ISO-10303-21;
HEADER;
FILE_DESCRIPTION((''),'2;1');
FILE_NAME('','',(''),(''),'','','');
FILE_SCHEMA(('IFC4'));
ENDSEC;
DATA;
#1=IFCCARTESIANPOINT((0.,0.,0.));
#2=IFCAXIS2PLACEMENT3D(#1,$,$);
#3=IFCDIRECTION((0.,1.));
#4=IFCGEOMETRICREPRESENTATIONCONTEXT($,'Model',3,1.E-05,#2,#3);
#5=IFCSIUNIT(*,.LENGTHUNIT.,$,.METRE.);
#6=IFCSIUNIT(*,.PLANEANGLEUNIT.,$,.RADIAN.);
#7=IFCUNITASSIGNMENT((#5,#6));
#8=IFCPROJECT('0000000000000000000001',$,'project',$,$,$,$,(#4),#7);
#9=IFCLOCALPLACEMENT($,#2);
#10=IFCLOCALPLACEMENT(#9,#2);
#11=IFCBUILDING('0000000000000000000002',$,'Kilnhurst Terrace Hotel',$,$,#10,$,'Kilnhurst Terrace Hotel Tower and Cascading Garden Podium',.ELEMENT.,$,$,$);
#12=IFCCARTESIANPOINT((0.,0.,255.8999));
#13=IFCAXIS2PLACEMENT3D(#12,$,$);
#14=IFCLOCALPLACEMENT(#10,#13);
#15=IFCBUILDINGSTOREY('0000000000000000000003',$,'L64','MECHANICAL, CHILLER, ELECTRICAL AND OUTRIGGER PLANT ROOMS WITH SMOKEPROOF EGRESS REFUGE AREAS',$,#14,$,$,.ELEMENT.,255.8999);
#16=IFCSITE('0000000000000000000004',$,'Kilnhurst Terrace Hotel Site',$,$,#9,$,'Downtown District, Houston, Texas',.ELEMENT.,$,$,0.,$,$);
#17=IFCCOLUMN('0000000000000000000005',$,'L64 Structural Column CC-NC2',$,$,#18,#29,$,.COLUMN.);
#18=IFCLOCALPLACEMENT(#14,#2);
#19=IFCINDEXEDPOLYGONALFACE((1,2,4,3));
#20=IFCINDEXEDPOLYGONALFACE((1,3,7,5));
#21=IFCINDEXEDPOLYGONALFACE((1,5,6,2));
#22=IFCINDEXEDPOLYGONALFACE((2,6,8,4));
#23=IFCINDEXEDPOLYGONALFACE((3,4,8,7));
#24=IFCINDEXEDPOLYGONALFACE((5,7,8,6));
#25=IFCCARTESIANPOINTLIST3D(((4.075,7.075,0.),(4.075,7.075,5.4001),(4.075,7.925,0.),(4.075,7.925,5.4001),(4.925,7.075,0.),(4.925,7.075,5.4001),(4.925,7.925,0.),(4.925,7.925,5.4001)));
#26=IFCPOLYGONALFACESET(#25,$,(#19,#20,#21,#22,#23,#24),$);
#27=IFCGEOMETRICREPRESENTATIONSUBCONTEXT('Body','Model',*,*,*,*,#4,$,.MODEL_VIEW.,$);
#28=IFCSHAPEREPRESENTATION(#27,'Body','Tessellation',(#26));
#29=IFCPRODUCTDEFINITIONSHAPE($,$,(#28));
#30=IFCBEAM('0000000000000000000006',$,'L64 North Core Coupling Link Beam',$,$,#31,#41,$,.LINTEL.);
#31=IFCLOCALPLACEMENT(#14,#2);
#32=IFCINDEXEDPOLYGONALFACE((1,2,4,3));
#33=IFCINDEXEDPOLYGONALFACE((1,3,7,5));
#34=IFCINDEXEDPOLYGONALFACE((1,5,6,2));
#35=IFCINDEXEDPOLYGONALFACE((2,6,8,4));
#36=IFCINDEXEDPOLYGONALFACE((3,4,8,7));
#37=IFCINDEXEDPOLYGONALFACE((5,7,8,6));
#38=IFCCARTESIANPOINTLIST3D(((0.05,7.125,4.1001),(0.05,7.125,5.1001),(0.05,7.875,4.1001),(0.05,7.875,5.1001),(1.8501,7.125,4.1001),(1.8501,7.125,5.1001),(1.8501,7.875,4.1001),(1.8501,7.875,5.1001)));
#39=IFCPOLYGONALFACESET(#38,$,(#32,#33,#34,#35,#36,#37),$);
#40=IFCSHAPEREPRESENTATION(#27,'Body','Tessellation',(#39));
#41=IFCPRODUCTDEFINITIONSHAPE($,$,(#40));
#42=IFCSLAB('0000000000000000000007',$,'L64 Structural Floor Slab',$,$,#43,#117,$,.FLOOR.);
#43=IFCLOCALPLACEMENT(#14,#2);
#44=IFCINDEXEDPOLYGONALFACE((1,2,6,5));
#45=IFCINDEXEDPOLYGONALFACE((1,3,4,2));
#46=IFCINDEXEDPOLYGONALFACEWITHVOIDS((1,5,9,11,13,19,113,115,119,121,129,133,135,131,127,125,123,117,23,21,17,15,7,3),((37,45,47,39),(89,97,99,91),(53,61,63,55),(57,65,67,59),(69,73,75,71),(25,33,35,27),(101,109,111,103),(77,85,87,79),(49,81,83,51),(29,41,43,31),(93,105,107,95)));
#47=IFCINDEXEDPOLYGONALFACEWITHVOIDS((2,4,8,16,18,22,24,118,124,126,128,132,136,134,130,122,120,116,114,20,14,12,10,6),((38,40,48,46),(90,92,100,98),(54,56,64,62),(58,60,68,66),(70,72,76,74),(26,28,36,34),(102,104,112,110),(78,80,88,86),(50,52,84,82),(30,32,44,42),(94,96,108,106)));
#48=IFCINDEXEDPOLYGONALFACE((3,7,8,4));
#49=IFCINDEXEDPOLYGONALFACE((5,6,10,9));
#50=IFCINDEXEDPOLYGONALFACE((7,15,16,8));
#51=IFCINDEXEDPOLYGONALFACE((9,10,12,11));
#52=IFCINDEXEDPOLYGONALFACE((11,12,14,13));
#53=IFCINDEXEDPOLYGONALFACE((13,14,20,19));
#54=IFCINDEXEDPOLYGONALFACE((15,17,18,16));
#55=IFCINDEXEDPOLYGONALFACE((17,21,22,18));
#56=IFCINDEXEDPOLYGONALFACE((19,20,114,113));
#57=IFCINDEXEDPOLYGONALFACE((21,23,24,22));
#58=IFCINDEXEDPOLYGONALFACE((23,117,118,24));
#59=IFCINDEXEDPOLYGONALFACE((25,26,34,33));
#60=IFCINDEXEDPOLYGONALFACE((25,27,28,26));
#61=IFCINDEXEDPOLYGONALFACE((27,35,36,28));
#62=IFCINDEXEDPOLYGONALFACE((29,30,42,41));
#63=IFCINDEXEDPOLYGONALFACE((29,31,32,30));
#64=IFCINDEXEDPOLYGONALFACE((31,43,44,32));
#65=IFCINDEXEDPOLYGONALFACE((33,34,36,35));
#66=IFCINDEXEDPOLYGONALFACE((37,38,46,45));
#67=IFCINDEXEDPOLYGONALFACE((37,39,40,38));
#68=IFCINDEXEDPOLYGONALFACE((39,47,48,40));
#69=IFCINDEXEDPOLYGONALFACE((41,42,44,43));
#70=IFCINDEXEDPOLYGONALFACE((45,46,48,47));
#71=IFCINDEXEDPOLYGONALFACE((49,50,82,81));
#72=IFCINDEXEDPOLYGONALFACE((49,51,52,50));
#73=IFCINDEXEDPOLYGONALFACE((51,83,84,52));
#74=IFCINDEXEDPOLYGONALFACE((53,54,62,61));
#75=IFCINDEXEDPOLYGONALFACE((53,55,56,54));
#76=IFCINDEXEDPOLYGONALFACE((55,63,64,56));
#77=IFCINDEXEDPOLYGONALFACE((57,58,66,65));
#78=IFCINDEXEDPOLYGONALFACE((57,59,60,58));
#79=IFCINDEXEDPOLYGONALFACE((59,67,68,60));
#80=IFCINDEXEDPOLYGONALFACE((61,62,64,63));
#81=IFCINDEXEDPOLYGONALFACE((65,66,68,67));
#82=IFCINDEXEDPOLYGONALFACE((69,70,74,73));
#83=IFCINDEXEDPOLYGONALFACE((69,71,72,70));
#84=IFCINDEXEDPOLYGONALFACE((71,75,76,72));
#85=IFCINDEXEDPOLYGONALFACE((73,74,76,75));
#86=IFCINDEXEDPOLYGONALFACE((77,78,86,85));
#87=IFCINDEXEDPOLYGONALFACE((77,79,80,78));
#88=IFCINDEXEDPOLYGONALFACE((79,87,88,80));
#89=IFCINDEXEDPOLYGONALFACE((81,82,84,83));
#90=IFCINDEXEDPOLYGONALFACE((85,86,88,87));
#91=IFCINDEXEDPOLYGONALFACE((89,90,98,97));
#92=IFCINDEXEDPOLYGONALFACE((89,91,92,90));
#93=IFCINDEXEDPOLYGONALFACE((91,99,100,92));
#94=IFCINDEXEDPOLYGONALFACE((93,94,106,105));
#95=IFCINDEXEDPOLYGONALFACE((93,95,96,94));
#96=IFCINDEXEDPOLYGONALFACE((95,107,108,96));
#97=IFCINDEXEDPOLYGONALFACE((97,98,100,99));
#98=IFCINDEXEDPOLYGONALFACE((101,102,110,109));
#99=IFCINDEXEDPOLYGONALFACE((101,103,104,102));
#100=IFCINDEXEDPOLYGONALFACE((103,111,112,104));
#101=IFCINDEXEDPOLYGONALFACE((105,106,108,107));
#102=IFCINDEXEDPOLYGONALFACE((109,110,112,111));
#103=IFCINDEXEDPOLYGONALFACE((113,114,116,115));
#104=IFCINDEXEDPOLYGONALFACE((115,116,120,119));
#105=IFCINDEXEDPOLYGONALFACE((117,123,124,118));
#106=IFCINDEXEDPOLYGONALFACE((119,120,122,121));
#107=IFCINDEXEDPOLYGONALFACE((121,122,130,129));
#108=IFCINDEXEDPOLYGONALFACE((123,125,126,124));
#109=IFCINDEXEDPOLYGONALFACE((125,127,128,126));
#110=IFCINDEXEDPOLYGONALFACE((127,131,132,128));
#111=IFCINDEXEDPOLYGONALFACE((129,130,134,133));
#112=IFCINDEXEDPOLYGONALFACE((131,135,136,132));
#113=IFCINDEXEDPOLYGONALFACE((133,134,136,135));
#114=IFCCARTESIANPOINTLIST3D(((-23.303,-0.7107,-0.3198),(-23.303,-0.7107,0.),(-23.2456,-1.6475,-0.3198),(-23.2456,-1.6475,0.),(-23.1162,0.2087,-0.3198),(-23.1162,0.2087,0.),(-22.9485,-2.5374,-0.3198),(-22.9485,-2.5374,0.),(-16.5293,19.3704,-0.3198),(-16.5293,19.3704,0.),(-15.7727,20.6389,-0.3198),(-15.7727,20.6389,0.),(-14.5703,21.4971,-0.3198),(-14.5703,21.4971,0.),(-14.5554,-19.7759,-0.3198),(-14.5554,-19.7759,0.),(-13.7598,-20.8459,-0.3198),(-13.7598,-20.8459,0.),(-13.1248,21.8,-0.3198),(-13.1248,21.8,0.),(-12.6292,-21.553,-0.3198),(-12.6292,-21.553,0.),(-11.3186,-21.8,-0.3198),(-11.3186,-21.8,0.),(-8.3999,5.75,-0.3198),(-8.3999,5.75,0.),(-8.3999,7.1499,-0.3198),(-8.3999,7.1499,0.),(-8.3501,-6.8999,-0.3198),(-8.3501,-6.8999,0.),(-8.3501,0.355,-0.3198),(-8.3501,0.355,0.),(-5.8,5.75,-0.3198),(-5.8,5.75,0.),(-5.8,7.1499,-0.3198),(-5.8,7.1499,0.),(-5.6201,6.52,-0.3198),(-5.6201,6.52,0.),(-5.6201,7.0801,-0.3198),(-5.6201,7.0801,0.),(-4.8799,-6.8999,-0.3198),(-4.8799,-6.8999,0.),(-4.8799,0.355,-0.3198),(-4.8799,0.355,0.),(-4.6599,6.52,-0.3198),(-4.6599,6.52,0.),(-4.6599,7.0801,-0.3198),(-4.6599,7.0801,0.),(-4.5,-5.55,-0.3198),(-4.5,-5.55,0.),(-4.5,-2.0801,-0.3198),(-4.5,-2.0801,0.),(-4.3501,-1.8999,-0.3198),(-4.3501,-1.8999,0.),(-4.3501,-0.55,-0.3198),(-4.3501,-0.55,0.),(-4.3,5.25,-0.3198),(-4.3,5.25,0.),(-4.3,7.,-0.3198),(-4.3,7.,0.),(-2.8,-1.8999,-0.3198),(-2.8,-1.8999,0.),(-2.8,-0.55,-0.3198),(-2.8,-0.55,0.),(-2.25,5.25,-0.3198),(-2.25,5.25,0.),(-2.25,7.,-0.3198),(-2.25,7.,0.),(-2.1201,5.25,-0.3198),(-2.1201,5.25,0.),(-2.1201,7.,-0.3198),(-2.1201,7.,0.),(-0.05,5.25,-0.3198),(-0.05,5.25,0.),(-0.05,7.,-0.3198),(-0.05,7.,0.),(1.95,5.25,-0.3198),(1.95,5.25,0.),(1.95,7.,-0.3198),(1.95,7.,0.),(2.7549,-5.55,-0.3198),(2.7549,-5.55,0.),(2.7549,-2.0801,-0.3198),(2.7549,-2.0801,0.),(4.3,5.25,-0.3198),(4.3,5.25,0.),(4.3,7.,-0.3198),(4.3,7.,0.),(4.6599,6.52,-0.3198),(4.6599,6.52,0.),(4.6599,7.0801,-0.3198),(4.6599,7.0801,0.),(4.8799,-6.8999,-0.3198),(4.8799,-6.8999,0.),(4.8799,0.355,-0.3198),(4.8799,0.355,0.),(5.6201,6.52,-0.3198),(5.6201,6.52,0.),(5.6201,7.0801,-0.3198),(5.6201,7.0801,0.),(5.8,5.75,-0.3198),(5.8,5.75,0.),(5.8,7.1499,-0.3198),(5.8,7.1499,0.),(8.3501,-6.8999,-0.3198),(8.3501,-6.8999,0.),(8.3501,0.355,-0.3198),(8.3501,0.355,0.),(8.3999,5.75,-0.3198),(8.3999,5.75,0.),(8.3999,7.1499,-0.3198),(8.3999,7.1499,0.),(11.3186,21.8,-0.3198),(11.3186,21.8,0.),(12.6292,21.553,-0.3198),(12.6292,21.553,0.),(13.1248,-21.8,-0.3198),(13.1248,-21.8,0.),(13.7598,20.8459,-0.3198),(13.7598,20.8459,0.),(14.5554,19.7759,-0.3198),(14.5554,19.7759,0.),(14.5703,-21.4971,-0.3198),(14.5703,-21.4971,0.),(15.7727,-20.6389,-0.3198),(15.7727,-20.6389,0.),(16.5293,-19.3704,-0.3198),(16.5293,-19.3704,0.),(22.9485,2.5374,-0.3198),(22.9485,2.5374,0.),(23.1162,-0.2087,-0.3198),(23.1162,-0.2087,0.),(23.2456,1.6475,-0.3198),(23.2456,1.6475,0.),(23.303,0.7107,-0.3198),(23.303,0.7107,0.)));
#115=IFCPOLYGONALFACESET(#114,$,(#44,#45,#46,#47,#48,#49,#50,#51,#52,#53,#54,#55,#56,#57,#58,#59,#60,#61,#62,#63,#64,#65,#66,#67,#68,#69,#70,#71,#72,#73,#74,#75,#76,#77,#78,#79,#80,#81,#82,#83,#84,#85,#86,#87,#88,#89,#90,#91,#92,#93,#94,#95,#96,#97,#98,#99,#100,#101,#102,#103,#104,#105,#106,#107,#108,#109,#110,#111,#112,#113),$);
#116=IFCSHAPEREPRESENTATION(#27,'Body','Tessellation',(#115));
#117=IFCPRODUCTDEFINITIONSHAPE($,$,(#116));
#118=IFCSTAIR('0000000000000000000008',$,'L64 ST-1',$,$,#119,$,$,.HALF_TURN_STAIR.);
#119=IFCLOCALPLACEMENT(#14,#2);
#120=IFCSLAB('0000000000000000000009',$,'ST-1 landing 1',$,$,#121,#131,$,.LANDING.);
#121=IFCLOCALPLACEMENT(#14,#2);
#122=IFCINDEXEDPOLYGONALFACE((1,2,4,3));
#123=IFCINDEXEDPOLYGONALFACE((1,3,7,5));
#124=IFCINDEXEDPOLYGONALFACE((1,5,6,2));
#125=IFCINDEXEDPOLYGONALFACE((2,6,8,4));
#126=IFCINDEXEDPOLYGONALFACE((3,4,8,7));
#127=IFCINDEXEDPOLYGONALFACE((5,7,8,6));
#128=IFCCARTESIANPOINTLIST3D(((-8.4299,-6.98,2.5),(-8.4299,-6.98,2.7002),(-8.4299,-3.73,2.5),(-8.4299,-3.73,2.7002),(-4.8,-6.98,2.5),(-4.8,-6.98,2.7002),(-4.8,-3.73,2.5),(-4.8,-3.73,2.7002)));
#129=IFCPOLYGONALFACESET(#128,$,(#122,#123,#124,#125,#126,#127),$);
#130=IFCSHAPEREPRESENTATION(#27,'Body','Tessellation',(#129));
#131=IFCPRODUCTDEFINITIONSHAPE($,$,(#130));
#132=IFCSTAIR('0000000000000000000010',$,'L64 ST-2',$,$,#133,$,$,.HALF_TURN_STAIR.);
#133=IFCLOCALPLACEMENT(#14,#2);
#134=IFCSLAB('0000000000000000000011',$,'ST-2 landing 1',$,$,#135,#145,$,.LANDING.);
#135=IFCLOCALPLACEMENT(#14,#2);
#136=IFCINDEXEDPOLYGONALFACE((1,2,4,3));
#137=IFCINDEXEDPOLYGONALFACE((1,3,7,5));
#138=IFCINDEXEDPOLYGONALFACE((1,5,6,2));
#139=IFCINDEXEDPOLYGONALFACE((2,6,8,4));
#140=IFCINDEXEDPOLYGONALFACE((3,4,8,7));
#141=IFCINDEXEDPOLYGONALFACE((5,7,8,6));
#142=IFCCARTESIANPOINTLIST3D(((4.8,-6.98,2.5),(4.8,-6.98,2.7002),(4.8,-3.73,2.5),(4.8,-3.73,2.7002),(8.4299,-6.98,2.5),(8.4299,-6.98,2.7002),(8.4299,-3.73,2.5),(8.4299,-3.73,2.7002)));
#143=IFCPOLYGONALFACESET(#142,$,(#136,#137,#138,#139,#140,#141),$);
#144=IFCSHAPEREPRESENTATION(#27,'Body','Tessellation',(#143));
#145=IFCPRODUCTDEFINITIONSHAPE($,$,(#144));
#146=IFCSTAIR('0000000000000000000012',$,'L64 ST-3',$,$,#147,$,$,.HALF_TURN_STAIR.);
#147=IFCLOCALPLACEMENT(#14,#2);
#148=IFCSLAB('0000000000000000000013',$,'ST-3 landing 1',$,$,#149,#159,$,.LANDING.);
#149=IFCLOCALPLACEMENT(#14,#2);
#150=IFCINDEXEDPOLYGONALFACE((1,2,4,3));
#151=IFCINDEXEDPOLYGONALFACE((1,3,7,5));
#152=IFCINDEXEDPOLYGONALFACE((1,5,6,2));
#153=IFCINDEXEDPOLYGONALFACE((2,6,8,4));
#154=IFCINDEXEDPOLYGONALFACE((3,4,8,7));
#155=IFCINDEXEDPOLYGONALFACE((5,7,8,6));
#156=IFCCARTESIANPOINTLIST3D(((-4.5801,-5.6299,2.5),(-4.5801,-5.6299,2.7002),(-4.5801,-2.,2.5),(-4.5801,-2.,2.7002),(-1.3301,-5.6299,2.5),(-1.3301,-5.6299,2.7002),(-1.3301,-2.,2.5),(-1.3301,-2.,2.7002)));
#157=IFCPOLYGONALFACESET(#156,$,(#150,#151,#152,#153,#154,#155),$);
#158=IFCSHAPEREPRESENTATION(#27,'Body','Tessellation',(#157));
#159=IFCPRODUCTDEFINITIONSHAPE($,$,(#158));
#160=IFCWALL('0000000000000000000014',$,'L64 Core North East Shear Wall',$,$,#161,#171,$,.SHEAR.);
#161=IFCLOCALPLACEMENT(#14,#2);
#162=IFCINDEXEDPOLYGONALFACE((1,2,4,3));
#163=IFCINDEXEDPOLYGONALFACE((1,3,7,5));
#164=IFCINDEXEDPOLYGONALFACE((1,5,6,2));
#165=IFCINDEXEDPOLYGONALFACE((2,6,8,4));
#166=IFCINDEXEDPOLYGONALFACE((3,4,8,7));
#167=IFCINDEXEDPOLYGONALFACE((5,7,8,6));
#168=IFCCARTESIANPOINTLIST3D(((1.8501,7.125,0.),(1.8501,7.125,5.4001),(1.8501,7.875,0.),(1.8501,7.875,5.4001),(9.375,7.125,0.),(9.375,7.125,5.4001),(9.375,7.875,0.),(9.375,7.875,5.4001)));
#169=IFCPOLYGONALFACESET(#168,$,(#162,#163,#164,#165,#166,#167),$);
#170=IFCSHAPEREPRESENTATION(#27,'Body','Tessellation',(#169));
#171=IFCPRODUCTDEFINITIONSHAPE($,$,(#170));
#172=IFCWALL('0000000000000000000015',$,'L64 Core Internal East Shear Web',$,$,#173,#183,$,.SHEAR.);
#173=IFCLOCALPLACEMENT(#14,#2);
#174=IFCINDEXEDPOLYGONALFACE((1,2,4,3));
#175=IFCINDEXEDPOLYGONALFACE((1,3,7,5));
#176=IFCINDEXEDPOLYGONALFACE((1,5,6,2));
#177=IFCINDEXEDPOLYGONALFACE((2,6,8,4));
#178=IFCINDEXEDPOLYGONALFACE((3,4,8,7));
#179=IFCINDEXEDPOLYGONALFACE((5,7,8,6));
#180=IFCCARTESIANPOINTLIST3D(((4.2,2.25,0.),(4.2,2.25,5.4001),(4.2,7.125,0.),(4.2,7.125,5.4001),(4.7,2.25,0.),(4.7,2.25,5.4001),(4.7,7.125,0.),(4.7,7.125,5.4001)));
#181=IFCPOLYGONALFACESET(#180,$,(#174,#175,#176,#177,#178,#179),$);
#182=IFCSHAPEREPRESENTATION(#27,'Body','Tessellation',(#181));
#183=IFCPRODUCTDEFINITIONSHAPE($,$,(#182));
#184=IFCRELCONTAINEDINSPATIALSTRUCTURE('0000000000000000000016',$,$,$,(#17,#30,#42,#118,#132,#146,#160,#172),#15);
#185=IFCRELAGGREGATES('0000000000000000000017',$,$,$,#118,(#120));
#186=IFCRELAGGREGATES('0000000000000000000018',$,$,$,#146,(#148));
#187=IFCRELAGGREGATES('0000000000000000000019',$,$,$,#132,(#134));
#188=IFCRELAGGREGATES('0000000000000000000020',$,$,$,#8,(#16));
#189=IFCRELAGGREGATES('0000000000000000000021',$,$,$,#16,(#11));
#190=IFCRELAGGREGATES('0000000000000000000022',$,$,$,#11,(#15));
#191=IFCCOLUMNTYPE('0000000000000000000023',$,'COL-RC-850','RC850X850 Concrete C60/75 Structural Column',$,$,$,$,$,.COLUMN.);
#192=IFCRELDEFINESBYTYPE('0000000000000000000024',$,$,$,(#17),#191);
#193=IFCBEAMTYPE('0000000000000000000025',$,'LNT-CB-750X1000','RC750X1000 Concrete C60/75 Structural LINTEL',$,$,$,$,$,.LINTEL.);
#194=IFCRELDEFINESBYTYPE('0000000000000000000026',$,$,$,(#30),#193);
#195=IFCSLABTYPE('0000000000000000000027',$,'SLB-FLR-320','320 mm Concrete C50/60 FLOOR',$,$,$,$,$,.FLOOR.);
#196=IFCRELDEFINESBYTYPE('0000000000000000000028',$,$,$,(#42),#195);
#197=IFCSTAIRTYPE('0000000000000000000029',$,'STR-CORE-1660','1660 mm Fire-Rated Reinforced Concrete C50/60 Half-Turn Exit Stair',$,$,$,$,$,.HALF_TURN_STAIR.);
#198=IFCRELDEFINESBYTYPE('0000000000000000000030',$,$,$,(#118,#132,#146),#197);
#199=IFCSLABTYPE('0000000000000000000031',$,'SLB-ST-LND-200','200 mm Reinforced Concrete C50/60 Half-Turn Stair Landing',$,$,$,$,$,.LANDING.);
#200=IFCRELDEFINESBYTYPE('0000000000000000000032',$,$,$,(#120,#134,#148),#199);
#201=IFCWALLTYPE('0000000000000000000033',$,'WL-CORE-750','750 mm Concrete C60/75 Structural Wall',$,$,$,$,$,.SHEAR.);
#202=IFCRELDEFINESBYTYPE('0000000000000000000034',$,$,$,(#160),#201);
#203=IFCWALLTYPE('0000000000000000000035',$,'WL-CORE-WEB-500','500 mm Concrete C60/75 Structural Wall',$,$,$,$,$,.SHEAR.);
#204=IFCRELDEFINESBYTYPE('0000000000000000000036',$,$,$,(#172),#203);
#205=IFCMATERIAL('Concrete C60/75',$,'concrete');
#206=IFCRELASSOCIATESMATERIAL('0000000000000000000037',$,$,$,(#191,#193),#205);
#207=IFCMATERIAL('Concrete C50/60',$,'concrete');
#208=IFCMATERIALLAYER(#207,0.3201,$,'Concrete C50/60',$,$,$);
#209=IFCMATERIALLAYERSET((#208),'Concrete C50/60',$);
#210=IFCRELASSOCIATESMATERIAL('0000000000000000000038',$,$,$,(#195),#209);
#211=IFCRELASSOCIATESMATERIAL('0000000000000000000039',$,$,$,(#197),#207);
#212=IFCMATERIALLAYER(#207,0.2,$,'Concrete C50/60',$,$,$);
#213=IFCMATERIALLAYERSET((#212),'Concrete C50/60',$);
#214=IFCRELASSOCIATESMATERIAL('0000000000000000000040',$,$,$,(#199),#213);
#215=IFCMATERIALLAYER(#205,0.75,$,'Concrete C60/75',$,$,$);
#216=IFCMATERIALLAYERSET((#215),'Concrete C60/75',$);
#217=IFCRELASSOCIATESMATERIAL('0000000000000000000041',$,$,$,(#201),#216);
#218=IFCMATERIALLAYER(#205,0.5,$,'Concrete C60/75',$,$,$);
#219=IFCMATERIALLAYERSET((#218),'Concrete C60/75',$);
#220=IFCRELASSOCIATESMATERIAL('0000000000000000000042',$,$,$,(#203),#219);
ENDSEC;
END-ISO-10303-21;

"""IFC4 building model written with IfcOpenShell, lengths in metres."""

from ifc_helpers import new_model, si_unit, direction, frame, frame_2d, origin, origin_2d, place, context, subcontext, project, spatial, polyline, rectangle, outline, extrude, material, layer, layer_set, material_profile, profile_set, type_object, element, aggregate, save


model = new_model("IFC4")

# Units and contexts
model_context = context("Model", 3, precision=1e-05, world=origin(), true_north=direction((0.0, 1.0)))
body_context = subcontext(model_context, "Body", "Model", "MODEL_VIEW")
ifc_project = project(units=[si_unit("LENGTHUNIT", "METRE"), si_unit("PLANEANGLEUNIT", "RADIAN")], contexts=[model_context])

# Site, building, storey
site_placement = place(None, origin())
site = spatial("IfcSite", under=ifc_project, at=site_placement, Name="Kilnhurst Terrace Hotel Site", LongName="Downtown District, Houston, Texas", CompositionType="ELEMENT", RefElevation=0.0)
building_placement = place(site_placement, origin())
building = spatial("IfcBuilding", under=site, at=building_placement, Name="Kilnhurst Terrace Hotel", LongName="Kilnhurst Terrace Hotel Tower and Cascading Garden Podium", CompositionType="ELEMENT")
storey_placement = place(building_placement, frame((0.0, 0.0, 255.8999)))
storey = spatial("IfcBuildingStorey", under=building, at=storey_placement, Name="L64", Description="MECHANICAL, CHILLER, ELECTRICAL AND OUTRIGGER PLANT ROOMS WITH SMOKEPROOF EGRESS REFUGE AREAS", CompositionType="ELEMENT", Elevation=255.8999)

# Column
ifc_material_1 = material(Name="Concrete C60/75", Category="concrete")
ifc_material_profile_1 = material_profile(ifc_material_1, rectangle(XDim=0.8501, YDim=0.8501, at=origin_2d()), Name="RC850X850")
ifc_profile_set_1 = profile_set([ifc_material_profile_1], Name="Concrete C60/75")
column_type = type_object("IfcColumnType", Name="COL-RC-850", Description="RC850X850 Concrete C60/75 Structural Column", PredefinedType="COLUMN", material=ifc_profile_set_1)
column_placement = place(storey_placement, frame((4.5, 7.5, 0.0), z_axis=(0.0, 0.0, 1.0), x_axis=(1.0, 0.0, 0.0)))
element("IfcColumn", 1, at=column_placement, inside=storey, type_object=column_type, Name="L64 Structural Column CC-NC2", PredefinedType="COLUMN", context=body_context, shape_type="SweptSolid", body=[
    extrude(rectangle(XDim=0.8501, YDim=0.8501, at=origin_2d()), origin(), (0.0, 0.0, 1.0), 5.4001),
])

# Beam
ifc_material_profile_2 = material_profile(ifc_material_1, rectangle(XDim=0.75, YDim=1.0, at=origin_2d()), Name="RC750X1000")
ifc_profile_set_2 = profile_set([ifc_material_profile_2], Name="Concrete C60/75")
beam_type = type_object("IfcBeamType", Name="LNT-CB-750X1000", Description="RC750X1000 Concrete C60/75 Structural LINTEL", PredefinedType="LINTEL", material=ifc_profile_set_2)
beam_placement = place(storey_placement, frame((0.05, 7.5, 4.6001), z_axis=(1.0, 0.0, 0.0), x_axis=(0.0, 1.0, 0.0)))
element("IfcBeam", 2, at=beam_placement, inside=storey, type_object=beam_type, Name="L64 North Core Coupling Link Beam", PredefinedType="LINTEL", context=body_context, shape_type="SweptSolid", body=[
    extrude(rectangle(XDim=0.75, YDim=1.0, at=origin_2d()), origin(), (0.0, 0.0, 1.0), 1.8),
])

# Slab
ifc_material_2 = material(Name="Concrete C50/60", Category="concrete")
ifc_layer_1 = layer(ifc_material_2, 0.3201, Name="Concrete C50/60")
ifc_layer_set_1 = layer_set([ifc_layer_1], Name="Concrete C50/60")
slab_type_1 = type_object("IfcSlabType", Name="SLB-FLR-320", Description="320 mm Concrete C50/60 FLOOR", PredefinedType="FLOOR", material=ifc_layer_set_1)
slab_1_placement = place(storey_placement, frame((0.0, 0.0, -0.3198)))
element("IfcSlab", 3, at=slab_1_placement, inside=storey, type_object=slab_type_1, Name="L64 Structural Floor Slab", PredefinedType="FLOOR", context=body_context, shape_type="SweptSolid", body=[
    extrude(outline(polyline([(-14.5554, -19.7759), (-13.7598, -20.8459), (-12.6292, -21.553), (-11.3186, -21.8), (13.1248, -21.8), (14.5703, -21.4971), (15.7727, -20.6389), (16.5293, -19.3704), (23.1162, -0.2087), (23.303, 0.7107), (23.2456, 1.6475), (22.9485, 2.5374), (14.5554, 19.7759), (13.7598, 20.8459), (12.6292, 21.553), (11.3186, 21.8), (-13.1248, 21.8), (-14.5703, 21.4971), (-15.7727, 20.6389), (-16.5293, 19.3704), (-23.1162, 0.2087), (-23.303, -0.7107), (-23.2456, -1.6475), (-22.9485, -2.5374), (-14.5554, -19.7759)]), holes=[polyline([(-8.3501, 0.355), (-4.8799, 0.355), (-4.8799, -6.8999), (-8.3501, -6.8999), (-8.3501, 0.355)]), polyline([(-2.8, -1.8999), (-4.3501, -1.8999), (-4.3501, -0.55), (-2.8, -0.55), (-2.8, -1.8999)]), polyline([(-2.25, 5.25), (-4.3, 5.25), (-4.3, 7.0), (-2.25, 7.0), (-2.25, 5.25)]), polyline([(-2.1201, 5.25), (-2.1201, 7.0), (-0.05, 7.0), (-0.05, 5.25), (-2.1201, 5.25)]), polyline([(-8.3999, 5.75), (-8.3999, 7.1499), (-5.8, 7.1499), (-5.8, 5.75), (-8.3999, 5.75)]), polyline([(-4.6599, 6.52), (-5.6201, 6.52), (-5.6201, 7.0801), (-4.6599, 7.0801), (-4.6599, 6.52)]), polyline([(2.7549, -5.55), (-4.5, -5.55), (-4.5, -2.0801), (2.7549, -2.0801), (2.7549, -5.55)]), polyline([(8.3501, 0.355), (8.3501, -6.8999), (4.8799, -6.8999), (4.8799, 0.355), (8.3501, 0.355)]), polyline([(4.3, 5.25), (1.95, 5.25), (1.95, 7.0), (4.3, 7.0), (4.3, 5.25)]), polyline([(5.8, 5.75), (5.8, 7.1499), (8.3999, 7.1499), (8.3999, 5.75), (5.8, 5.75)]), polyline([(4.6599, 6.52), (4.6599, 7.0801), (5.6201, 7.0801), (5.6201, 6.52), (4.6599, 6.52)])]), origin(), (0.0, 0.0, 1.0), 0.3198),
])

# Stairs, slabs
stair_type = type_object("IfcStairType", Name="STR-CORE-1660", Description="1660 mm Fire-Rated Reinforced Concrete C50/60 Half-Turn Exit Stair", PredefinedType="HALF_TURN_STAIR", material=ifc_material_2)
stair_1_placement = place(storey_placement, origin())
stair_1 = element("IfcStair", 4, at=stair_1_placement, inside=storey, type_object=stair_type, Name="L64 ST-1", PredefinedType="HALF_TURN_STAIR")
ifc_layer_2 = layer(ifc_material_2, 0.2, Name="Concrete C50/60")
ifc_layer_set_2 = layer_set([ifc_layer_2], Name="Concrete C50/60")
slab_type_2 = type_object("IfcSlabType", Name="SLB-ST-LND-200", Description="200 mm Reinforced Concrete C50/60 Half-Turn Stair Landing", PredefinedType="LANDING", material=ifc_layer_set_2)
slab_2_placement = place(storey_placement, frame((0.0, 0.0, 2.5)))
slab_2 = element("IfcSlab", 5, at=slab_2_placement, type_object=slab_type_2, Name="ST-1 landing 1", PredefinedType="LANDING", context=body_context, shape_type="SweptSolid", body=[
    extrude(outline(polyline([(-8.4299, -3.73), (-4.8, -3.73), (-4.8, -6.98), (-8.4299, -6.98), (-8.4299, -3.73)])), origin(), (0.0, 0.0, 1.0), 0.2002),
])
aggregate(stair_1, [slab_2])
stair_2_placement = place(storey_placement, origin())
stair_2 = element("IfcStair", 6, at=stair_2_placement, inside=storey, type_object=stair_type, Name="L64 ST-2", PredefinedType="HALF_TURN_STAIR")
slab_3_placement = place(storey_placement, frame((0.0, 0.0, 2.5)))
slab_3 = element("IfcSlab", 7, at=slab_3_placement, type_object=slab_type_2, Name="ST-2 landing 1", PredefinedType="LANDING", context=body_context, shape_type="SweptSolid", body=[
    extrude(outline(polyline([(4.8, -3.73), (8.4299, -3.73), (8.4299, -6.98), (4.8, -6.98), (4.8, -3.73)])), origin(), (0.0, 0.0, 1.0), 0.2002),
])
stair_3_placement = place(storey_placement, origin())
stair_3 = element("IfcStair", 8, at=stair_3_placement, inside=storey, type_object=stair_type, Name="L64 ST-3", PredefinedType="HALF_TURN_STAIR")
slab_4_placement = place(storey_placement, frame((0.0, 0.0, 2.5)))
slab_4 = element("IfcSlab", 9, at=slab_4_placement, type_object=slab_type_2, Name="ST-3 landing 1", PredefinedType="LANDING", context=body_context, shape_type="SweptSolid", body=[
    extrude(outline(polyline([(-1.3301, -2.0), (-1.3301, -5.6299), (-4.5801, -5.6299), (-4.5801, -2.0), (-1.3301, -2.0)])), origin(), (0.0, 0.0, 1.0), 0.2002),
])
aggregate(stair_3, [slab_4])

# Walls
ifc_layer_3 = layer(ifc_material_1, 0.75, Name="Concrete C60/75")
ifc_layer_set_3 = layer_set([ifc_layer_3], Name="Concrete C60/75")
wall_type_1 = type_object("IfcWallType", Name="WL-CORE-750", Description="750 mm Concrete C60/75 Structural Wall", PredefinedType="SHEAR", material=ifc_layer_set_3)
wall_1_placement = place(storey_placement, frame((1.8501, 7.5, 0.0), z_axis=(0.0, 0.0, 1.0), x_axis=(1.0, 0.0, 0.0)))
element("IfcWall", 10, at=wall_1_placement, inside=storey, type_object=wall_type_1, Name="L64 Core North East Shear Wall", PredefinedType="SHEAR", context=body_context, shape_type="SweptSolid", body=[
    extrude(rectangle(XDim=7.5249, YDim=0.75, at=frame_2d((3.7625, 0.0))), origin(), (0.0, 0.0, 1.0), 5.4001),
])
ifc_layer_4 = layer(ifc_material_1, 0.5, Name="Concrete C60/75")
ifc_layer_set_4 = layer_set([ifc_layer_4], Name="Concrete C60/75")
wall_type_2 = type_object("IfcWallType", Name="WL-CORE-WEB-500", Description="500 mm Concrete C60/75 Structural Wall", PredefinedType="SHEAR", material=ifc_layer_set_4)
wall_2_placement = place(storey_placement, frame((4.45, 2.25, 0.0), z_axis=(0.0, 0.0, 1.0), x_axis=(0.0, 1.0, 0.0)))
element("IfcWall", 11, at=wall_2_placement, inside=storey, type_object=wall_type_2, Name="L64 Core Internal East Shear Web", PredefinedType="SHEAR", context=body_context, shape_type="SweptSolid", body=[
    extrude(rectangle(XDim=4.875, YDim=0.5, at=frame_2d((2.4375, 0.0))), origin(), (0.0, 0.0, 1.0), 5.4001),
])

aggregate(stair_2, [slab_3])

save(model, "model.ifc")
